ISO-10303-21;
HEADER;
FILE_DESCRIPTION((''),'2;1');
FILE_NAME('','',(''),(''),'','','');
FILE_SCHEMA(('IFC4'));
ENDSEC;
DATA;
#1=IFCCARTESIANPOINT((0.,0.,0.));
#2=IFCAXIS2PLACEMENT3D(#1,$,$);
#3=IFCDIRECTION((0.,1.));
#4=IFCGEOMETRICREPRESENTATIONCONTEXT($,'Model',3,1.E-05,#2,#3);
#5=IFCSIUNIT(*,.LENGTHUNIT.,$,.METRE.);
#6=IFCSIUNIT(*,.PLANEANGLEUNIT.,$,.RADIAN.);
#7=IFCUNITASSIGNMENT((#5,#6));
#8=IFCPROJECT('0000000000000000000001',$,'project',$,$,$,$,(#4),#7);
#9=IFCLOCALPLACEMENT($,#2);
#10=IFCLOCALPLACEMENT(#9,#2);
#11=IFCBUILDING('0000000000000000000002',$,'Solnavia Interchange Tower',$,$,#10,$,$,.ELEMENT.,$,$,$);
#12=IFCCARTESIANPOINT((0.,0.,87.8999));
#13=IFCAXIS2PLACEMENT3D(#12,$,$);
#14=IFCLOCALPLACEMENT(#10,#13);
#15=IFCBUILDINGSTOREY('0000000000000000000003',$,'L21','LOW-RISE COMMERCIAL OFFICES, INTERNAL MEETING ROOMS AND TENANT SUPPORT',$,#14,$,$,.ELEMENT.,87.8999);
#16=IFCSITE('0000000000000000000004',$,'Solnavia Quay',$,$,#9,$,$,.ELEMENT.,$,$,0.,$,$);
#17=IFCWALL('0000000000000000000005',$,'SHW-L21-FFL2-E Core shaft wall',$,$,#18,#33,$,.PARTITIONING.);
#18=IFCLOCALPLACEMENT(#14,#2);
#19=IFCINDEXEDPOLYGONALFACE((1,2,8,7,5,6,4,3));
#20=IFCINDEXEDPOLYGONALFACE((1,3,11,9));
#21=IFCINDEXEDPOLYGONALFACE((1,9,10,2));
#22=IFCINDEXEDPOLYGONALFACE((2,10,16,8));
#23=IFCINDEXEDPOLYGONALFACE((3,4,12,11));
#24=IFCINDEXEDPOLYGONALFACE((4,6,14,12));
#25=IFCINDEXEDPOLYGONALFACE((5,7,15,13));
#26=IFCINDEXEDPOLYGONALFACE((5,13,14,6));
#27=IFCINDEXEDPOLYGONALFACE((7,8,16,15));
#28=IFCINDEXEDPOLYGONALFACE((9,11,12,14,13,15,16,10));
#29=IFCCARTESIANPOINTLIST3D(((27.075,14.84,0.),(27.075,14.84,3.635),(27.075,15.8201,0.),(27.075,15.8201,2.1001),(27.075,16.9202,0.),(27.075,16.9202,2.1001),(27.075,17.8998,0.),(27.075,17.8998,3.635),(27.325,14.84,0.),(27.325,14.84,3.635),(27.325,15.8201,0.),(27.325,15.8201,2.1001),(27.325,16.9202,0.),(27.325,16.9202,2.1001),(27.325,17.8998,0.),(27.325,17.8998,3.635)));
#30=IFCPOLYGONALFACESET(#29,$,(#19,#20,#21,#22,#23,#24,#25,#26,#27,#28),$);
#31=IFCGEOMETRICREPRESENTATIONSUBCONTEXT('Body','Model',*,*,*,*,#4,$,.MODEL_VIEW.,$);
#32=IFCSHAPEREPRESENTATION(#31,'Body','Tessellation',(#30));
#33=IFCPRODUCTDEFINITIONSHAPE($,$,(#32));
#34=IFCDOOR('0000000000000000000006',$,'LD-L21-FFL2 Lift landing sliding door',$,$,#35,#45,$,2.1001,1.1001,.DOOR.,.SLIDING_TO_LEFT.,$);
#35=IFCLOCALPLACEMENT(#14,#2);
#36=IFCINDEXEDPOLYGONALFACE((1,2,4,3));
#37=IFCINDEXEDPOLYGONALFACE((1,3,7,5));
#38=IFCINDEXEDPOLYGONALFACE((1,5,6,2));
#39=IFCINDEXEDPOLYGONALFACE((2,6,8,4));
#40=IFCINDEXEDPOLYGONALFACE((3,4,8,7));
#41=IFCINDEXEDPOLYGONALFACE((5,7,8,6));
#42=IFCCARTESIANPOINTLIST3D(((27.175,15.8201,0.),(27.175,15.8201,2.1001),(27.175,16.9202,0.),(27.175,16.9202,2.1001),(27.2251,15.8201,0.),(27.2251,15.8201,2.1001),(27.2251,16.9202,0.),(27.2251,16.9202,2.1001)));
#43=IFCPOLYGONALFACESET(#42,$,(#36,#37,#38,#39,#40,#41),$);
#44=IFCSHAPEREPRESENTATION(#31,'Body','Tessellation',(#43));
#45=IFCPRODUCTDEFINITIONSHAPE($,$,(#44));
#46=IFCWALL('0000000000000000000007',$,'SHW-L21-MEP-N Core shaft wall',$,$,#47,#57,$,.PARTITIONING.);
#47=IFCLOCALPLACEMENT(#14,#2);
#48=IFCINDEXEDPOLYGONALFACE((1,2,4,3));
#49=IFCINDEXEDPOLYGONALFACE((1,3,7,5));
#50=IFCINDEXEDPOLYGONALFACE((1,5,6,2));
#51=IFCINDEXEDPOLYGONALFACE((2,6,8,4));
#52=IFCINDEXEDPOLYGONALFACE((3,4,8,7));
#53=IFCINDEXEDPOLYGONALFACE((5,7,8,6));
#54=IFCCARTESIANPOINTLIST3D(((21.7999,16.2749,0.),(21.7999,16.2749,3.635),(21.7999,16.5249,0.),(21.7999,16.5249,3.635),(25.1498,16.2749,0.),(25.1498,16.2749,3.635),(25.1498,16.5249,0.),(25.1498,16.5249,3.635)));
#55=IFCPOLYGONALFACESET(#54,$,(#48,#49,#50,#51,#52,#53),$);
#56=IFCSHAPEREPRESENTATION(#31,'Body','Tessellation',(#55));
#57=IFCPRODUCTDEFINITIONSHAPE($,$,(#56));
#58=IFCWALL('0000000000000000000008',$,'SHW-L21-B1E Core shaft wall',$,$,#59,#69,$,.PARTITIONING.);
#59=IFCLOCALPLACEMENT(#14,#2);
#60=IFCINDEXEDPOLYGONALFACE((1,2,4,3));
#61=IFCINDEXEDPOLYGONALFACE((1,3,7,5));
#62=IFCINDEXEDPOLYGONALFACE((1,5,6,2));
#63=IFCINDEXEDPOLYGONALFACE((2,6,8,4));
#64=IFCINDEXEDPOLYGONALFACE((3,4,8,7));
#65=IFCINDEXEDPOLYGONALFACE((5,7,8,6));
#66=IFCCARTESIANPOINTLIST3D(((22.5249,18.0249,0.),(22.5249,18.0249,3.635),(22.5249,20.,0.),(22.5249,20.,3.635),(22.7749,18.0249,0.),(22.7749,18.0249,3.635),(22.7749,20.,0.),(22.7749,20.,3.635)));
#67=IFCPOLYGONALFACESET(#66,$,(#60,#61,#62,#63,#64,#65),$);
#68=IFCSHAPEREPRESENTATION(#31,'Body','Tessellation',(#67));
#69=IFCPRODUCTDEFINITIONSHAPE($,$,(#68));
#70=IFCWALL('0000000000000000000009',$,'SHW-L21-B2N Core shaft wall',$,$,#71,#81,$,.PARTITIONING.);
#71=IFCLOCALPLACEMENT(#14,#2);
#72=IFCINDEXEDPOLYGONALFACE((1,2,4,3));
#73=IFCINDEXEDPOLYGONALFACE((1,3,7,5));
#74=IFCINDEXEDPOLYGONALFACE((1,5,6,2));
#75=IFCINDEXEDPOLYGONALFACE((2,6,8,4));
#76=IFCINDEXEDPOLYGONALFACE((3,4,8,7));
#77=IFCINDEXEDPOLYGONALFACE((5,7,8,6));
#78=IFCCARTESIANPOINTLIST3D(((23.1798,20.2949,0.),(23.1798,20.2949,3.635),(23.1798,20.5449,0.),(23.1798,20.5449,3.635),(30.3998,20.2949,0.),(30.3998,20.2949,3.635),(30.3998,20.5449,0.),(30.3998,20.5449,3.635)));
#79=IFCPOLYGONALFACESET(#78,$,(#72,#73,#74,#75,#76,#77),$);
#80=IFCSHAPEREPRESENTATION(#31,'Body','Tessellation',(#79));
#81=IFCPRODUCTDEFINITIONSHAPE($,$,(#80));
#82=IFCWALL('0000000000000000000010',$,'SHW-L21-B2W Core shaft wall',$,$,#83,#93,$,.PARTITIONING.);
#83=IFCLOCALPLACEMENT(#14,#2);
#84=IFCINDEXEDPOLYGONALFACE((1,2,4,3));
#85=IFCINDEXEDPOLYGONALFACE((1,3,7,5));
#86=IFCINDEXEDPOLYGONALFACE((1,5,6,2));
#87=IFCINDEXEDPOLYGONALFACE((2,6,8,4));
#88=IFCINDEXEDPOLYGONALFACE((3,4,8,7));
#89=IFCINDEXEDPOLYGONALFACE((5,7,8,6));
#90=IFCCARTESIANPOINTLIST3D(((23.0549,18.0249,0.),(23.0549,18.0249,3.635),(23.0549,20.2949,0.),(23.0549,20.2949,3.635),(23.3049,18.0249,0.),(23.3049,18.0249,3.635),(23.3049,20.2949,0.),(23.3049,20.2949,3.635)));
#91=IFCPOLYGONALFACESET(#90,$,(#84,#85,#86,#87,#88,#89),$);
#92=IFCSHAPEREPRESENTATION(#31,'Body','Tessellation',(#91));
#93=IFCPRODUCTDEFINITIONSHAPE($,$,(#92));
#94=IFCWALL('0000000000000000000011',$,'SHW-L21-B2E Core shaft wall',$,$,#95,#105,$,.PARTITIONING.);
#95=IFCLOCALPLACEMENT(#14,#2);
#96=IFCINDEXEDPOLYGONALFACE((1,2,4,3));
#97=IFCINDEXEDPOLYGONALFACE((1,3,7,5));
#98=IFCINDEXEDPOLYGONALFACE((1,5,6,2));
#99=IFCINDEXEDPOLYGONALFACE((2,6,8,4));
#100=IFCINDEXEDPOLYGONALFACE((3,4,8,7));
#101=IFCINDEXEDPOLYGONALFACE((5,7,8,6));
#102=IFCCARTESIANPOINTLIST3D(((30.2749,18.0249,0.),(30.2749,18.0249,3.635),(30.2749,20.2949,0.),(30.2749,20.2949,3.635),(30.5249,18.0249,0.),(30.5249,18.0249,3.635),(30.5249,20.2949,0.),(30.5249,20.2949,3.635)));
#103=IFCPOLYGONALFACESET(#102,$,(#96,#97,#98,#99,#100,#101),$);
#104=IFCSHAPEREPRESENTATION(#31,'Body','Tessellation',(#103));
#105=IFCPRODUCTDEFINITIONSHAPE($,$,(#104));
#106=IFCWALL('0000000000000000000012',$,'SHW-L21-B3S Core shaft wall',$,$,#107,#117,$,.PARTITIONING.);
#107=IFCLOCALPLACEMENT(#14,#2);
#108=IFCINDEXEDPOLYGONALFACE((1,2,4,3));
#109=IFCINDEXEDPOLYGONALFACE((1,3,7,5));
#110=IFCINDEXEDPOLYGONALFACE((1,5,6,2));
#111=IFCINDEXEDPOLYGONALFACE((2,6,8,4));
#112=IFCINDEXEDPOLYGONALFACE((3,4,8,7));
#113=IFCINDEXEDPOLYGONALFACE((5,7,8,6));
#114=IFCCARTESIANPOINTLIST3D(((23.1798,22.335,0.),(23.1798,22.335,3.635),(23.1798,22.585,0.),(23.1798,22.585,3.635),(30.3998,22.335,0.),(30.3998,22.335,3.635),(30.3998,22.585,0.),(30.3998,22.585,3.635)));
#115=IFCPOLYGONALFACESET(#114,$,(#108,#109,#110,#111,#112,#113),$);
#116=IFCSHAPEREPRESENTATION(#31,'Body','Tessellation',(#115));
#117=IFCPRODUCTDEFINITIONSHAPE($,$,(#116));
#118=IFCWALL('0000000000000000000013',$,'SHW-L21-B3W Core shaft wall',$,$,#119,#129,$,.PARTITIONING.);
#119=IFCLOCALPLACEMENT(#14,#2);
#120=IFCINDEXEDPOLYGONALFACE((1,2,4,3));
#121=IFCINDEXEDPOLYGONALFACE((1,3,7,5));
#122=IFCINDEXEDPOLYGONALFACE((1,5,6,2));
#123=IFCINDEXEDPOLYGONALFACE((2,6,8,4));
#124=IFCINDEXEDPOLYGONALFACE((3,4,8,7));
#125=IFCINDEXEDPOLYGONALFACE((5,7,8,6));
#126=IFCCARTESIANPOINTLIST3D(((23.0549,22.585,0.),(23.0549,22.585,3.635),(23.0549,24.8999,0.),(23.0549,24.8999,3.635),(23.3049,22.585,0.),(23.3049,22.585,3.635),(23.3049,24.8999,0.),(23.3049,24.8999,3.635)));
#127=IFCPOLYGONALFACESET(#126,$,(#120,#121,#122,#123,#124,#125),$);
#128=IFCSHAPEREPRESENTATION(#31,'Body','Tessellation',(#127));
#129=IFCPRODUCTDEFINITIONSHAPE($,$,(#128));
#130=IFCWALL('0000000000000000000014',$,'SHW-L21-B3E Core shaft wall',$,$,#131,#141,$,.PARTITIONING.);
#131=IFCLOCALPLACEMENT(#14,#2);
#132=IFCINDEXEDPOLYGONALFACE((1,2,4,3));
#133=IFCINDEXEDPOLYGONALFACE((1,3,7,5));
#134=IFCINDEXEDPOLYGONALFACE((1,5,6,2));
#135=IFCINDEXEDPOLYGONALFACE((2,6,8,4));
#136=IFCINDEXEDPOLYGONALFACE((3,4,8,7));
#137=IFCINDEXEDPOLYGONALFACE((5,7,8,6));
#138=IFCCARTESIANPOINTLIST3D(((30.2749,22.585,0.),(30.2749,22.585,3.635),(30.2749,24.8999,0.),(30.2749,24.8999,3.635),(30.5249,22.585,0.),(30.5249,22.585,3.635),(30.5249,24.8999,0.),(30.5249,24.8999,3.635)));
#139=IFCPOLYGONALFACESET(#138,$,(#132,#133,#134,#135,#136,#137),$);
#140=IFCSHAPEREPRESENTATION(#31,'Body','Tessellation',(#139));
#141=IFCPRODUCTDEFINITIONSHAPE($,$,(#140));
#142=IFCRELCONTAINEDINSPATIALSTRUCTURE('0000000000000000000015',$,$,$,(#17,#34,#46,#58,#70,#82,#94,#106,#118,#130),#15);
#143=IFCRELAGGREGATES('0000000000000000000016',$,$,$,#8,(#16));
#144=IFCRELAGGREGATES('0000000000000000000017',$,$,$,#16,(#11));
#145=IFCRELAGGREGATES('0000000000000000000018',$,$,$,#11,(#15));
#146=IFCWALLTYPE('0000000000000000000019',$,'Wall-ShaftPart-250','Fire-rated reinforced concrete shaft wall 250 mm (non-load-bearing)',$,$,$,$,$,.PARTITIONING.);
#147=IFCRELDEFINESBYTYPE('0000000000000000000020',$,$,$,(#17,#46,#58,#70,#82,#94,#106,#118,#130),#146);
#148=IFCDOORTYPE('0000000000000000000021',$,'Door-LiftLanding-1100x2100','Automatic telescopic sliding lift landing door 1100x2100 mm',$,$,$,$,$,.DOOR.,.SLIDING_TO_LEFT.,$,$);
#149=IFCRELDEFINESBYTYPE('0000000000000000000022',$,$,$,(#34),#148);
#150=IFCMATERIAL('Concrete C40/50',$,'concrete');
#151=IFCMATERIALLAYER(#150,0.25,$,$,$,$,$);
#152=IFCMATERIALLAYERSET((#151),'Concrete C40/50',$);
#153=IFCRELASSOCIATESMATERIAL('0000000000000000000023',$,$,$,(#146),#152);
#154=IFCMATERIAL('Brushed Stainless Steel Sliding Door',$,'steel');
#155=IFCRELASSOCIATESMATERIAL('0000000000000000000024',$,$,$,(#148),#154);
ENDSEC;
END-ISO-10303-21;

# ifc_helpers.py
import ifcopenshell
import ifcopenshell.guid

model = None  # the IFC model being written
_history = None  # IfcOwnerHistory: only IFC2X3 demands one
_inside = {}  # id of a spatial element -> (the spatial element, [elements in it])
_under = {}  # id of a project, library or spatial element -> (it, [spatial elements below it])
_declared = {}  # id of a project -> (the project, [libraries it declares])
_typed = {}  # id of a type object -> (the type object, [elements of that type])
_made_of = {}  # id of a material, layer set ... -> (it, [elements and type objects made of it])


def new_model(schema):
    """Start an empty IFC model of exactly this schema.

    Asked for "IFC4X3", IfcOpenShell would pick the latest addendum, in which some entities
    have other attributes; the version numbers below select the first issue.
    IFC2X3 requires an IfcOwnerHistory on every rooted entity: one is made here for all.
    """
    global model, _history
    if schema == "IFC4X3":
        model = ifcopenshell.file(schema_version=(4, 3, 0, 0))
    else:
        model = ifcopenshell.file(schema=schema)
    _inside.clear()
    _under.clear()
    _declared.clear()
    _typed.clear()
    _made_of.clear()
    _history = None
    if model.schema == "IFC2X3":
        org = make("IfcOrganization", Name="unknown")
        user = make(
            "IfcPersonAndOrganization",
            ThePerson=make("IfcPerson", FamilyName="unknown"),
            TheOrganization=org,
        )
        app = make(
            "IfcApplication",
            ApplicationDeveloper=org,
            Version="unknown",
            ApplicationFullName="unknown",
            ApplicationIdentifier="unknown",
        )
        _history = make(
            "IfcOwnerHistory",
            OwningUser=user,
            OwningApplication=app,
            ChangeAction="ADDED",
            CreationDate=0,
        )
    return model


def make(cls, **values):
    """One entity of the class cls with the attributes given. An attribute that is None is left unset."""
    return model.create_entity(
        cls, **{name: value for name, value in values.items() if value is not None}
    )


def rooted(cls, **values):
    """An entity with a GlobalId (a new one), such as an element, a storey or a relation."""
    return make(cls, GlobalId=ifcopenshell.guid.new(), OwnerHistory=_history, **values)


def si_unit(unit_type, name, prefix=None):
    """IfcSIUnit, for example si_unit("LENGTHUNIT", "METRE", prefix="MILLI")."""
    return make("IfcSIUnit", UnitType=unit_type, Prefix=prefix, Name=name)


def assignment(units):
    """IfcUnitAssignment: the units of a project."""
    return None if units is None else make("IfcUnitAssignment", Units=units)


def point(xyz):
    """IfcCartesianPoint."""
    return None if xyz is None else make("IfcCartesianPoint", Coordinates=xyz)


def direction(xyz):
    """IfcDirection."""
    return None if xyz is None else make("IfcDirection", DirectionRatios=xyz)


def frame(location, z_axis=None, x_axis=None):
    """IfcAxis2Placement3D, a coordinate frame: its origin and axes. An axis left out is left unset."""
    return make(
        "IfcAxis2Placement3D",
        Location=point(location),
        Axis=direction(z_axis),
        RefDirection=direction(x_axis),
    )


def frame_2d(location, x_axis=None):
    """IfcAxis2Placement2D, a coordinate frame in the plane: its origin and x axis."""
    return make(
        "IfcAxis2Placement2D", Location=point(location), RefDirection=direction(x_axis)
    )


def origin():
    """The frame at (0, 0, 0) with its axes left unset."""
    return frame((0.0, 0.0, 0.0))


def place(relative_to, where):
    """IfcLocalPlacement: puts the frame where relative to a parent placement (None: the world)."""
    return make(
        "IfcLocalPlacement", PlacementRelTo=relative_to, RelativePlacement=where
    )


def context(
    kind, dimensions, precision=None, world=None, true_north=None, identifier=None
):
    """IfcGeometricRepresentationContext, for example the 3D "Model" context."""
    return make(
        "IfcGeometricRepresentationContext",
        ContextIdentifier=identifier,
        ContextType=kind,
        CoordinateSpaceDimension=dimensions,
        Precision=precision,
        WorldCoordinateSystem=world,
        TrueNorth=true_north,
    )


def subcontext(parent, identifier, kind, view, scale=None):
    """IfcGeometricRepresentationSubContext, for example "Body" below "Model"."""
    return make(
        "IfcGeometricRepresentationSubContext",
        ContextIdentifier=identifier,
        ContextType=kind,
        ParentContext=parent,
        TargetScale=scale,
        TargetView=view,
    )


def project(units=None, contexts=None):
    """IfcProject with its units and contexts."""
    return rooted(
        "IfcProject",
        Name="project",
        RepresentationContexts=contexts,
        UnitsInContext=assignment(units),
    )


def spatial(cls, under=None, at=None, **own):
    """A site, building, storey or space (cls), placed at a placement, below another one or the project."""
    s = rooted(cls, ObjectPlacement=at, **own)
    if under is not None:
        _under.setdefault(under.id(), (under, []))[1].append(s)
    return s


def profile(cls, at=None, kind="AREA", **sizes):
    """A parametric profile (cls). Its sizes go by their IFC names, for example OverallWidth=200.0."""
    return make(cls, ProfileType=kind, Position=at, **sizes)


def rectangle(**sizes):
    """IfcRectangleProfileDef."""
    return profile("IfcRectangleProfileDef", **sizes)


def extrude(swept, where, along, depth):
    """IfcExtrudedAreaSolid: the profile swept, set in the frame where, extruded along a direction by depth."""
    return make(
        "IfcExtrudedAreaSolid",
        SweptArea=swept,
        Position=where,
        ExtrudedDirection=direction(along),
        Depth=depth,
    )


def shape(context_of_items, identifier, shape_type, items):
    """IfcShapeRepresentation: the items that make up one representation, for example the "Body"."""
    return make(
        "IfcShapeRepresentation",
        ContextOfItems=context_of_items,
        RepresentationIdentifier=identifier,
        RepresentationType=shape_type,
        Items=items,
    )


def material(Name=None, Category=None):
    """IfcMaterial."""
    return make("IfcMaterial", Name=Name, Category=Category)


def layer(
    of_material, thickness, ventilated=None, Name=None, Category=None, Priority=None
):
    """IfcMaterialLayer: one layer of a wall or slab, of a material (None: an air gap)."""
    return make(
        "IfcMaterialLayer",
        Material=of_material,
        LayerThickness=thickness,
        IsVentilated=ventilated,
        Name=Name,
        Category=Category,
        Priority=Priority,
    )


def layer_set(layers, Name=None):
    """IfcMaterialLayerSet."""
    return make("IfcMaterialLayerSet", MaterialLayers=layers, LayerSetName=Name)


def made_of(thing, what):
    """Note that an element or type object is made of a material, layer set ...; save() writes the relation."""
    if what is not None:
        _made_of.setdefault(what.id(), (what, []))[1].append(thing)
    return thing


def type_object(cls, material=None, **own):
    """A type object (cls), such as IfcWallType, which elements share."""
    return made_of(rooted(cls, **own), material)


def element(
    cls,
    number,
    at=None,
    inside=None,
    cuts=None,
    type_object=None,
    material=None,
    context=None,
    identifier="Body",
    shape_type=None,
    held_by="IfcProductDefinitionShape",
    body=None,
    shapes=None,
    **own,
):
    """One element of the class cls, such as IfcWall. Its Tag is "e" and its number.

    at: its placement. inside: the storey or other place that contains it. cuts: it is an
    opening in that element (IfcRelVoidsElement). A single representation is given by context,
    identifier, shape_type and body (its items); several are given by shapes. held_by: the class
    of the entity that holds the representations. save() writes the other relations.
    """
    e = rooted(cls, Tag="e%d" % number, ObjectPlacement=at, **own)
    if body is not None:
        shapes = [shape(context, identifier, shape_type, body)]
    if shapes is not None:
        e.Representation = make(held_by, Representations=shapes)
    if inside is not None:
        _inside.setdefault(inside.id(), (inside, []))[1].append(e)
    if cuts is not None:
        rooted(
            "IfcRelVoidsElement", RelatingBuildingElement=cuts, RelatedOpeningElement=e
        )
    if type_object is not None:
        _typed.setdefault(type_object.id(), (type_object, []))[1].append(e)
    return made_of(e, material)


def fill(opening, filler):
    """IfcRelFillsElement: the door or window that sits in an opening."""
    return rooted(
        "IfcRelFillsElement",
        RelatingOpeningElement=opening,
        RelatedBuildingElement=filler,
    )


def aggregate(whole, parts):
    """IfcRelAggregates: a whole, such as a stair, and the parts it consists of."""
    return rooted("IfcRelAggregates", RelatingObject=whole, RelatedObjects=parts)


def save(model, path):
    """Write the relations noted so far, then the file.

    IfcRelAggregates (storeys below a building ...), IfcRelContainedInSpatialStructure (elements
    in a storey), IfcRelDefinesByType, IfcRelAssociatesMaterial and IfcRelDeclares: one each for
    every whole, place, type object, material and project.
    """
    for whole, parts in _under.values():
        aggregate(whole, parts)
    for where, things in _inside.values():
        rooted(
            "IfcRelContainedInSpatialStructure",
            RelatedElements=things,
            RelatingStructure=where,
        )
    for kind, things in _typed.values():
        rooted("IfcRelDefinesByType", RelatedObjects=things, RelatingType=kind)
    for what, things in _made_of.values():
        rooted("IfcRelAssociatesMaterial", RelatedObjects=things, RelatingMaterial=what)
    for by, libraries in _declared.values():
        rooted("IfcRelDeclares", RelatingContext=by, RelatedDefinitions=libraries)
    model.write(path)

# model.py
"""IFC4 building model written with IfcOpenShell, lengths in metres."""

from ifc_helpers import new_model, si_unit, direction, frame, frame_2d, origin, place, context, subcontext, project, spatial, rectangle, extrude, material, layer, layer_set, type_object, element, fill, save


model = new_model("IFC4")

# Units and contexts
model_context = context("Model", 3, precision=1e-05, world=origin(), true_north=direction((0.0, 1.0)))
body_context = subcontext(model_context, "Body", "Model", "MODEL_VIEW")
ifc_project = project(units=[si_unit("LENGTHUNIT", "METRE"), si_unit("PLANEANGLEUNIT", "RADIAN")], contexts=[model_context])

# Site, building, storey
site_placement = place(None, origin())
site = spatial("IfcSite", under=ifc_project, at=site_placement, Name="Solnavia Quay", CompositionType="ELEMENT", RefElevation=0.0)
building_placement = place(site_placement, origin())
building = spatial("IfcBuilding", under=site, at=building_placement, Name="Solnavia Interchange Tower", CompositionType="ELEMENT")
storey_placement = place(building_placement, frame((0.0, 0.0, 87.8999)))
storey = spatial("IfcBuildingStorey", under=building, at=storey_placement, Name="L21", Description="LOW-RISE COMMERCIAL OFFICES, INTERNAL MEETING ROOMS AND TENANT SUPPORT", CompositionType="ELEMENT", Elevation=87.8999)

# Shared definitions
ifc_material_1 = material(Name="Concrete C40/50", Category="concrete")

# Shared definitions
ifc_layer_1 = layer(ifc_material_1, 0.25)
ifc_layer_set_1 = layer_set([ifc_layer_1], Name="Concrete C40/50")
wall_type_1 = type_object("IfcWallType", Name="Wall-ShaftPart-250", Description="Fire-rated reinforced concrete shaft wall 250 mm (non-load-bearing)", PredefinedType="PARTITIONING", material=ifc_layer_set_1)

# Wall, opening, door
wall_1_placement = place(storey_placement, frame((27.2, 14.8401, 0.0), z_axis=(0.0, 0.0, 1.0), x_axis=(0.0, 1.0, 0.0)))
wall_1 = element("IfcWall", 1, at=wall_1_placement, inside=storey, type_object=wall_type_1, Name="SHW-L21-FFL2-E Core shaft wall", PredefinedType="PARTITIONING", context=body_context, shape_type="SweptSolid", body=[
    extrude(rectangle(XDim=3.0598, YDim=0.25, at=frame_2d((1.5298, 0.0))), origin(), (0.0, 0.0, 1.0), 3.635),
])
opening_1_placement = place(wall_1_placement, frame((0.98, 0.0, 0.0)))
opening_1 = element("IfcOpeningElement", 2, at=opening_1_placement, cuts=wall_1, PredefinedType="OPENING", context=body_context, shape_type="SweptSolid", body=[
    extrude(rectangle(XDim=1.1001, YDim=2.1001, at=frame_2d((0.55, 1.05))), frame((0.0, 0.135, 0.0), z_axis=(0.0, -1.0, 0.0), x_axis=(1.0, 0.0, 0.0)), (0.0, 0.0, 1.0), 0.27),
])
ifc_material_2 = material(Name="Brushed Stainless Steel Sliding Door", Category="steel")
door_type_1 = type_object("IfcDoorType", Name="Door-LiftLanding-1100x2100", Description="Automatic telescopic sliding lift landing door 1100x2100 mm", OperationType="SLIDING_TO_LEFT", PredefinedType="DOOR", material=ifc_material_2)
door_1_placement = place(opening_1_placement, origin())
door_1 = element("IfcDoor", 3, at=door_1_placement, inside=storey, type_object=door_type_1, Name="LD-L21-FFL2 Lift landing sliding door", OperationType="SLIDING_TO_LEFT", OverallHeight=2.1001, OverallWidth=1.1001, PredefinedType="DOOR", context=body_context, shape_type="SweptSolid", body=[
    extrude(rectangle(XDim=1.1001, YDim=2.1001, at=frame_2d((0.55, 1.05))), frame((0.0, 0.0249, 0.0), z_axis=(0.0, -1.0, 0.0), x_axis=(1.0, 0.0, 0.0)), (0.0, 0.0, 1.0), 0.05),
])
fill(opening_1, door_1)

# Walls
wall_2_placement = place(storey_placement, frame((21.8, 16.3999, 0.0), z_axis=(0.0, 0.0, 1.0), x_axis=(1.0, 0.0, 0.0)))
element("IfcWall", 4, at=wall_2_placement, inside=storey, type_object=wall_type_1, Name="SHW-L21-MEP-N Core shaft wall", PredefinedType="PARTITIONING", context=body_context, shape_type="SweptSolid", body=[
    extrude(rectangle(XDim=3.3499, YDim=0.25, at=frame_2d((1.6748, 0.0))), origin(), (0.0, 0.0, 1.0), 3.635),
])
wall_3_placement = place(storey_placement, frame((22.6499, 18.0249, 0.0), z_axis=(0.0, 0.0, 1.0), x_axis=(0.0, 1.0, 0.0)))
element("IfcWall", 5, at=wall_3_placement, inside=storey, type_object=wall_type_1, Name="SHW-L21-B1E Core shaft wall", PredefinedType="PARTITIONING", context=body_context, shape_type="SweptSolid", body=[
    extrude(rectangle(XDim=1.9751, YDim=0.25, at=frame_2d((0.9875, 0.0))), origin(), (0.0, 0.0, 1.0), 3.635),
])
wall_4_placement = place(storey_placement, frame((23.1799, 20.4199, 0.0), z_axis=(0.0, 0.0, 1.0), x_axis=(1.0, 0.0, 0.0)))
element("IfcWall", 6, at=wall_4_placement, inside=storey, type_object=wall_type_1, Name="SHW-L21-B2N Core shaft wall", PredefinedType="PARTITIONING", context=body_context, shape_type="SweptSolid", body=[
    extrude(rectangle(XDim=7.22, YDim=0.25, at=frame_2d((3.6099, 0.0))), origin(), (0.0, 0.0, 1.0), 3.635),
])
for number, where, z_axis, x_axis, name in (
    (7, (23.1799, 18.0249, 0.0), (0.0, 0.0, 1.0), (0.0, 1.0, 0.0), "SHW-L21-B2W Core shaft wall"),
    (8, (30.3999, 18.0249, 0.0), (0.0, 0.0, 1.0), (0.0, 1.0, 0.0), "SHW-L21-B2E Core shaft wall"),
):
    element("IfcWall", number, at=place(storey_placement, frame(where, z_axis=z_axis, x_axis=x_axis)), inside=storey, type_object=wall_type_1, Name=name, PredefinedType="PARTITIONING", context=body_context, shape_type="SweptSolid", body=[
        extrude(rectangle(XDim=2.27, YDim=0.25, at=frame_2d((1.135, 0.0))), origin(), (0.0, 0.0, 1.0), 3.635),
    ])
wall_5_placement = place(storey_placement, frame((23.1799, 22.46, 0.0), z_axis=(0.0, 0.0, 1.0), x_axis=(1.0, 0.0, 0.0)))
element("IfcWall", 9, at=wall_5_placement, inside=storey, type_object=wall_type_1, Name="SHW-L21-B3S Core shaft wall", PredefinedType="PARTITIONING", context=body_context, shape_type="SweptSolid", body=[
    extrude(rectangle(XDim=7.22, YDim=0.25, at=frame_2d((3.6099, 0.0))), origin(), (0.0, 0.0, 1.0), 3.635),
])
for number, where, z_axis, x_axis, name in (
    (10, (23.1799, 22.585, 0.0), (0.0, 0.0, 1.0), (0.0, 1.0, 0.0), "SHW-L21-B3W Core shaft wall"),
    (11, (30.3999, 22.585, 0.0), (0.0, 0.0, 1.0), (0.0, 1.0, 0.0), "SHW-L21-B3E Core shaft wall"),
):
    element("IfcWall", number, at=place(storey_placement, frame(where, z_axis=z_axis, x_axis=x_axis)), inside=storey, type_object=wall_type_1, Name=name, PredefinedType="PARTITIONING", context=body_context, shape_type="SweptSolid", body=[
        extrude(rectangle(XDim=2.3149, YDim=0.25, at=frame_2d((1.1575, 0.0))), origin(), (0.0, 0.0, 1.0), 3.635),
    ])

save(model, "model.ifc")
